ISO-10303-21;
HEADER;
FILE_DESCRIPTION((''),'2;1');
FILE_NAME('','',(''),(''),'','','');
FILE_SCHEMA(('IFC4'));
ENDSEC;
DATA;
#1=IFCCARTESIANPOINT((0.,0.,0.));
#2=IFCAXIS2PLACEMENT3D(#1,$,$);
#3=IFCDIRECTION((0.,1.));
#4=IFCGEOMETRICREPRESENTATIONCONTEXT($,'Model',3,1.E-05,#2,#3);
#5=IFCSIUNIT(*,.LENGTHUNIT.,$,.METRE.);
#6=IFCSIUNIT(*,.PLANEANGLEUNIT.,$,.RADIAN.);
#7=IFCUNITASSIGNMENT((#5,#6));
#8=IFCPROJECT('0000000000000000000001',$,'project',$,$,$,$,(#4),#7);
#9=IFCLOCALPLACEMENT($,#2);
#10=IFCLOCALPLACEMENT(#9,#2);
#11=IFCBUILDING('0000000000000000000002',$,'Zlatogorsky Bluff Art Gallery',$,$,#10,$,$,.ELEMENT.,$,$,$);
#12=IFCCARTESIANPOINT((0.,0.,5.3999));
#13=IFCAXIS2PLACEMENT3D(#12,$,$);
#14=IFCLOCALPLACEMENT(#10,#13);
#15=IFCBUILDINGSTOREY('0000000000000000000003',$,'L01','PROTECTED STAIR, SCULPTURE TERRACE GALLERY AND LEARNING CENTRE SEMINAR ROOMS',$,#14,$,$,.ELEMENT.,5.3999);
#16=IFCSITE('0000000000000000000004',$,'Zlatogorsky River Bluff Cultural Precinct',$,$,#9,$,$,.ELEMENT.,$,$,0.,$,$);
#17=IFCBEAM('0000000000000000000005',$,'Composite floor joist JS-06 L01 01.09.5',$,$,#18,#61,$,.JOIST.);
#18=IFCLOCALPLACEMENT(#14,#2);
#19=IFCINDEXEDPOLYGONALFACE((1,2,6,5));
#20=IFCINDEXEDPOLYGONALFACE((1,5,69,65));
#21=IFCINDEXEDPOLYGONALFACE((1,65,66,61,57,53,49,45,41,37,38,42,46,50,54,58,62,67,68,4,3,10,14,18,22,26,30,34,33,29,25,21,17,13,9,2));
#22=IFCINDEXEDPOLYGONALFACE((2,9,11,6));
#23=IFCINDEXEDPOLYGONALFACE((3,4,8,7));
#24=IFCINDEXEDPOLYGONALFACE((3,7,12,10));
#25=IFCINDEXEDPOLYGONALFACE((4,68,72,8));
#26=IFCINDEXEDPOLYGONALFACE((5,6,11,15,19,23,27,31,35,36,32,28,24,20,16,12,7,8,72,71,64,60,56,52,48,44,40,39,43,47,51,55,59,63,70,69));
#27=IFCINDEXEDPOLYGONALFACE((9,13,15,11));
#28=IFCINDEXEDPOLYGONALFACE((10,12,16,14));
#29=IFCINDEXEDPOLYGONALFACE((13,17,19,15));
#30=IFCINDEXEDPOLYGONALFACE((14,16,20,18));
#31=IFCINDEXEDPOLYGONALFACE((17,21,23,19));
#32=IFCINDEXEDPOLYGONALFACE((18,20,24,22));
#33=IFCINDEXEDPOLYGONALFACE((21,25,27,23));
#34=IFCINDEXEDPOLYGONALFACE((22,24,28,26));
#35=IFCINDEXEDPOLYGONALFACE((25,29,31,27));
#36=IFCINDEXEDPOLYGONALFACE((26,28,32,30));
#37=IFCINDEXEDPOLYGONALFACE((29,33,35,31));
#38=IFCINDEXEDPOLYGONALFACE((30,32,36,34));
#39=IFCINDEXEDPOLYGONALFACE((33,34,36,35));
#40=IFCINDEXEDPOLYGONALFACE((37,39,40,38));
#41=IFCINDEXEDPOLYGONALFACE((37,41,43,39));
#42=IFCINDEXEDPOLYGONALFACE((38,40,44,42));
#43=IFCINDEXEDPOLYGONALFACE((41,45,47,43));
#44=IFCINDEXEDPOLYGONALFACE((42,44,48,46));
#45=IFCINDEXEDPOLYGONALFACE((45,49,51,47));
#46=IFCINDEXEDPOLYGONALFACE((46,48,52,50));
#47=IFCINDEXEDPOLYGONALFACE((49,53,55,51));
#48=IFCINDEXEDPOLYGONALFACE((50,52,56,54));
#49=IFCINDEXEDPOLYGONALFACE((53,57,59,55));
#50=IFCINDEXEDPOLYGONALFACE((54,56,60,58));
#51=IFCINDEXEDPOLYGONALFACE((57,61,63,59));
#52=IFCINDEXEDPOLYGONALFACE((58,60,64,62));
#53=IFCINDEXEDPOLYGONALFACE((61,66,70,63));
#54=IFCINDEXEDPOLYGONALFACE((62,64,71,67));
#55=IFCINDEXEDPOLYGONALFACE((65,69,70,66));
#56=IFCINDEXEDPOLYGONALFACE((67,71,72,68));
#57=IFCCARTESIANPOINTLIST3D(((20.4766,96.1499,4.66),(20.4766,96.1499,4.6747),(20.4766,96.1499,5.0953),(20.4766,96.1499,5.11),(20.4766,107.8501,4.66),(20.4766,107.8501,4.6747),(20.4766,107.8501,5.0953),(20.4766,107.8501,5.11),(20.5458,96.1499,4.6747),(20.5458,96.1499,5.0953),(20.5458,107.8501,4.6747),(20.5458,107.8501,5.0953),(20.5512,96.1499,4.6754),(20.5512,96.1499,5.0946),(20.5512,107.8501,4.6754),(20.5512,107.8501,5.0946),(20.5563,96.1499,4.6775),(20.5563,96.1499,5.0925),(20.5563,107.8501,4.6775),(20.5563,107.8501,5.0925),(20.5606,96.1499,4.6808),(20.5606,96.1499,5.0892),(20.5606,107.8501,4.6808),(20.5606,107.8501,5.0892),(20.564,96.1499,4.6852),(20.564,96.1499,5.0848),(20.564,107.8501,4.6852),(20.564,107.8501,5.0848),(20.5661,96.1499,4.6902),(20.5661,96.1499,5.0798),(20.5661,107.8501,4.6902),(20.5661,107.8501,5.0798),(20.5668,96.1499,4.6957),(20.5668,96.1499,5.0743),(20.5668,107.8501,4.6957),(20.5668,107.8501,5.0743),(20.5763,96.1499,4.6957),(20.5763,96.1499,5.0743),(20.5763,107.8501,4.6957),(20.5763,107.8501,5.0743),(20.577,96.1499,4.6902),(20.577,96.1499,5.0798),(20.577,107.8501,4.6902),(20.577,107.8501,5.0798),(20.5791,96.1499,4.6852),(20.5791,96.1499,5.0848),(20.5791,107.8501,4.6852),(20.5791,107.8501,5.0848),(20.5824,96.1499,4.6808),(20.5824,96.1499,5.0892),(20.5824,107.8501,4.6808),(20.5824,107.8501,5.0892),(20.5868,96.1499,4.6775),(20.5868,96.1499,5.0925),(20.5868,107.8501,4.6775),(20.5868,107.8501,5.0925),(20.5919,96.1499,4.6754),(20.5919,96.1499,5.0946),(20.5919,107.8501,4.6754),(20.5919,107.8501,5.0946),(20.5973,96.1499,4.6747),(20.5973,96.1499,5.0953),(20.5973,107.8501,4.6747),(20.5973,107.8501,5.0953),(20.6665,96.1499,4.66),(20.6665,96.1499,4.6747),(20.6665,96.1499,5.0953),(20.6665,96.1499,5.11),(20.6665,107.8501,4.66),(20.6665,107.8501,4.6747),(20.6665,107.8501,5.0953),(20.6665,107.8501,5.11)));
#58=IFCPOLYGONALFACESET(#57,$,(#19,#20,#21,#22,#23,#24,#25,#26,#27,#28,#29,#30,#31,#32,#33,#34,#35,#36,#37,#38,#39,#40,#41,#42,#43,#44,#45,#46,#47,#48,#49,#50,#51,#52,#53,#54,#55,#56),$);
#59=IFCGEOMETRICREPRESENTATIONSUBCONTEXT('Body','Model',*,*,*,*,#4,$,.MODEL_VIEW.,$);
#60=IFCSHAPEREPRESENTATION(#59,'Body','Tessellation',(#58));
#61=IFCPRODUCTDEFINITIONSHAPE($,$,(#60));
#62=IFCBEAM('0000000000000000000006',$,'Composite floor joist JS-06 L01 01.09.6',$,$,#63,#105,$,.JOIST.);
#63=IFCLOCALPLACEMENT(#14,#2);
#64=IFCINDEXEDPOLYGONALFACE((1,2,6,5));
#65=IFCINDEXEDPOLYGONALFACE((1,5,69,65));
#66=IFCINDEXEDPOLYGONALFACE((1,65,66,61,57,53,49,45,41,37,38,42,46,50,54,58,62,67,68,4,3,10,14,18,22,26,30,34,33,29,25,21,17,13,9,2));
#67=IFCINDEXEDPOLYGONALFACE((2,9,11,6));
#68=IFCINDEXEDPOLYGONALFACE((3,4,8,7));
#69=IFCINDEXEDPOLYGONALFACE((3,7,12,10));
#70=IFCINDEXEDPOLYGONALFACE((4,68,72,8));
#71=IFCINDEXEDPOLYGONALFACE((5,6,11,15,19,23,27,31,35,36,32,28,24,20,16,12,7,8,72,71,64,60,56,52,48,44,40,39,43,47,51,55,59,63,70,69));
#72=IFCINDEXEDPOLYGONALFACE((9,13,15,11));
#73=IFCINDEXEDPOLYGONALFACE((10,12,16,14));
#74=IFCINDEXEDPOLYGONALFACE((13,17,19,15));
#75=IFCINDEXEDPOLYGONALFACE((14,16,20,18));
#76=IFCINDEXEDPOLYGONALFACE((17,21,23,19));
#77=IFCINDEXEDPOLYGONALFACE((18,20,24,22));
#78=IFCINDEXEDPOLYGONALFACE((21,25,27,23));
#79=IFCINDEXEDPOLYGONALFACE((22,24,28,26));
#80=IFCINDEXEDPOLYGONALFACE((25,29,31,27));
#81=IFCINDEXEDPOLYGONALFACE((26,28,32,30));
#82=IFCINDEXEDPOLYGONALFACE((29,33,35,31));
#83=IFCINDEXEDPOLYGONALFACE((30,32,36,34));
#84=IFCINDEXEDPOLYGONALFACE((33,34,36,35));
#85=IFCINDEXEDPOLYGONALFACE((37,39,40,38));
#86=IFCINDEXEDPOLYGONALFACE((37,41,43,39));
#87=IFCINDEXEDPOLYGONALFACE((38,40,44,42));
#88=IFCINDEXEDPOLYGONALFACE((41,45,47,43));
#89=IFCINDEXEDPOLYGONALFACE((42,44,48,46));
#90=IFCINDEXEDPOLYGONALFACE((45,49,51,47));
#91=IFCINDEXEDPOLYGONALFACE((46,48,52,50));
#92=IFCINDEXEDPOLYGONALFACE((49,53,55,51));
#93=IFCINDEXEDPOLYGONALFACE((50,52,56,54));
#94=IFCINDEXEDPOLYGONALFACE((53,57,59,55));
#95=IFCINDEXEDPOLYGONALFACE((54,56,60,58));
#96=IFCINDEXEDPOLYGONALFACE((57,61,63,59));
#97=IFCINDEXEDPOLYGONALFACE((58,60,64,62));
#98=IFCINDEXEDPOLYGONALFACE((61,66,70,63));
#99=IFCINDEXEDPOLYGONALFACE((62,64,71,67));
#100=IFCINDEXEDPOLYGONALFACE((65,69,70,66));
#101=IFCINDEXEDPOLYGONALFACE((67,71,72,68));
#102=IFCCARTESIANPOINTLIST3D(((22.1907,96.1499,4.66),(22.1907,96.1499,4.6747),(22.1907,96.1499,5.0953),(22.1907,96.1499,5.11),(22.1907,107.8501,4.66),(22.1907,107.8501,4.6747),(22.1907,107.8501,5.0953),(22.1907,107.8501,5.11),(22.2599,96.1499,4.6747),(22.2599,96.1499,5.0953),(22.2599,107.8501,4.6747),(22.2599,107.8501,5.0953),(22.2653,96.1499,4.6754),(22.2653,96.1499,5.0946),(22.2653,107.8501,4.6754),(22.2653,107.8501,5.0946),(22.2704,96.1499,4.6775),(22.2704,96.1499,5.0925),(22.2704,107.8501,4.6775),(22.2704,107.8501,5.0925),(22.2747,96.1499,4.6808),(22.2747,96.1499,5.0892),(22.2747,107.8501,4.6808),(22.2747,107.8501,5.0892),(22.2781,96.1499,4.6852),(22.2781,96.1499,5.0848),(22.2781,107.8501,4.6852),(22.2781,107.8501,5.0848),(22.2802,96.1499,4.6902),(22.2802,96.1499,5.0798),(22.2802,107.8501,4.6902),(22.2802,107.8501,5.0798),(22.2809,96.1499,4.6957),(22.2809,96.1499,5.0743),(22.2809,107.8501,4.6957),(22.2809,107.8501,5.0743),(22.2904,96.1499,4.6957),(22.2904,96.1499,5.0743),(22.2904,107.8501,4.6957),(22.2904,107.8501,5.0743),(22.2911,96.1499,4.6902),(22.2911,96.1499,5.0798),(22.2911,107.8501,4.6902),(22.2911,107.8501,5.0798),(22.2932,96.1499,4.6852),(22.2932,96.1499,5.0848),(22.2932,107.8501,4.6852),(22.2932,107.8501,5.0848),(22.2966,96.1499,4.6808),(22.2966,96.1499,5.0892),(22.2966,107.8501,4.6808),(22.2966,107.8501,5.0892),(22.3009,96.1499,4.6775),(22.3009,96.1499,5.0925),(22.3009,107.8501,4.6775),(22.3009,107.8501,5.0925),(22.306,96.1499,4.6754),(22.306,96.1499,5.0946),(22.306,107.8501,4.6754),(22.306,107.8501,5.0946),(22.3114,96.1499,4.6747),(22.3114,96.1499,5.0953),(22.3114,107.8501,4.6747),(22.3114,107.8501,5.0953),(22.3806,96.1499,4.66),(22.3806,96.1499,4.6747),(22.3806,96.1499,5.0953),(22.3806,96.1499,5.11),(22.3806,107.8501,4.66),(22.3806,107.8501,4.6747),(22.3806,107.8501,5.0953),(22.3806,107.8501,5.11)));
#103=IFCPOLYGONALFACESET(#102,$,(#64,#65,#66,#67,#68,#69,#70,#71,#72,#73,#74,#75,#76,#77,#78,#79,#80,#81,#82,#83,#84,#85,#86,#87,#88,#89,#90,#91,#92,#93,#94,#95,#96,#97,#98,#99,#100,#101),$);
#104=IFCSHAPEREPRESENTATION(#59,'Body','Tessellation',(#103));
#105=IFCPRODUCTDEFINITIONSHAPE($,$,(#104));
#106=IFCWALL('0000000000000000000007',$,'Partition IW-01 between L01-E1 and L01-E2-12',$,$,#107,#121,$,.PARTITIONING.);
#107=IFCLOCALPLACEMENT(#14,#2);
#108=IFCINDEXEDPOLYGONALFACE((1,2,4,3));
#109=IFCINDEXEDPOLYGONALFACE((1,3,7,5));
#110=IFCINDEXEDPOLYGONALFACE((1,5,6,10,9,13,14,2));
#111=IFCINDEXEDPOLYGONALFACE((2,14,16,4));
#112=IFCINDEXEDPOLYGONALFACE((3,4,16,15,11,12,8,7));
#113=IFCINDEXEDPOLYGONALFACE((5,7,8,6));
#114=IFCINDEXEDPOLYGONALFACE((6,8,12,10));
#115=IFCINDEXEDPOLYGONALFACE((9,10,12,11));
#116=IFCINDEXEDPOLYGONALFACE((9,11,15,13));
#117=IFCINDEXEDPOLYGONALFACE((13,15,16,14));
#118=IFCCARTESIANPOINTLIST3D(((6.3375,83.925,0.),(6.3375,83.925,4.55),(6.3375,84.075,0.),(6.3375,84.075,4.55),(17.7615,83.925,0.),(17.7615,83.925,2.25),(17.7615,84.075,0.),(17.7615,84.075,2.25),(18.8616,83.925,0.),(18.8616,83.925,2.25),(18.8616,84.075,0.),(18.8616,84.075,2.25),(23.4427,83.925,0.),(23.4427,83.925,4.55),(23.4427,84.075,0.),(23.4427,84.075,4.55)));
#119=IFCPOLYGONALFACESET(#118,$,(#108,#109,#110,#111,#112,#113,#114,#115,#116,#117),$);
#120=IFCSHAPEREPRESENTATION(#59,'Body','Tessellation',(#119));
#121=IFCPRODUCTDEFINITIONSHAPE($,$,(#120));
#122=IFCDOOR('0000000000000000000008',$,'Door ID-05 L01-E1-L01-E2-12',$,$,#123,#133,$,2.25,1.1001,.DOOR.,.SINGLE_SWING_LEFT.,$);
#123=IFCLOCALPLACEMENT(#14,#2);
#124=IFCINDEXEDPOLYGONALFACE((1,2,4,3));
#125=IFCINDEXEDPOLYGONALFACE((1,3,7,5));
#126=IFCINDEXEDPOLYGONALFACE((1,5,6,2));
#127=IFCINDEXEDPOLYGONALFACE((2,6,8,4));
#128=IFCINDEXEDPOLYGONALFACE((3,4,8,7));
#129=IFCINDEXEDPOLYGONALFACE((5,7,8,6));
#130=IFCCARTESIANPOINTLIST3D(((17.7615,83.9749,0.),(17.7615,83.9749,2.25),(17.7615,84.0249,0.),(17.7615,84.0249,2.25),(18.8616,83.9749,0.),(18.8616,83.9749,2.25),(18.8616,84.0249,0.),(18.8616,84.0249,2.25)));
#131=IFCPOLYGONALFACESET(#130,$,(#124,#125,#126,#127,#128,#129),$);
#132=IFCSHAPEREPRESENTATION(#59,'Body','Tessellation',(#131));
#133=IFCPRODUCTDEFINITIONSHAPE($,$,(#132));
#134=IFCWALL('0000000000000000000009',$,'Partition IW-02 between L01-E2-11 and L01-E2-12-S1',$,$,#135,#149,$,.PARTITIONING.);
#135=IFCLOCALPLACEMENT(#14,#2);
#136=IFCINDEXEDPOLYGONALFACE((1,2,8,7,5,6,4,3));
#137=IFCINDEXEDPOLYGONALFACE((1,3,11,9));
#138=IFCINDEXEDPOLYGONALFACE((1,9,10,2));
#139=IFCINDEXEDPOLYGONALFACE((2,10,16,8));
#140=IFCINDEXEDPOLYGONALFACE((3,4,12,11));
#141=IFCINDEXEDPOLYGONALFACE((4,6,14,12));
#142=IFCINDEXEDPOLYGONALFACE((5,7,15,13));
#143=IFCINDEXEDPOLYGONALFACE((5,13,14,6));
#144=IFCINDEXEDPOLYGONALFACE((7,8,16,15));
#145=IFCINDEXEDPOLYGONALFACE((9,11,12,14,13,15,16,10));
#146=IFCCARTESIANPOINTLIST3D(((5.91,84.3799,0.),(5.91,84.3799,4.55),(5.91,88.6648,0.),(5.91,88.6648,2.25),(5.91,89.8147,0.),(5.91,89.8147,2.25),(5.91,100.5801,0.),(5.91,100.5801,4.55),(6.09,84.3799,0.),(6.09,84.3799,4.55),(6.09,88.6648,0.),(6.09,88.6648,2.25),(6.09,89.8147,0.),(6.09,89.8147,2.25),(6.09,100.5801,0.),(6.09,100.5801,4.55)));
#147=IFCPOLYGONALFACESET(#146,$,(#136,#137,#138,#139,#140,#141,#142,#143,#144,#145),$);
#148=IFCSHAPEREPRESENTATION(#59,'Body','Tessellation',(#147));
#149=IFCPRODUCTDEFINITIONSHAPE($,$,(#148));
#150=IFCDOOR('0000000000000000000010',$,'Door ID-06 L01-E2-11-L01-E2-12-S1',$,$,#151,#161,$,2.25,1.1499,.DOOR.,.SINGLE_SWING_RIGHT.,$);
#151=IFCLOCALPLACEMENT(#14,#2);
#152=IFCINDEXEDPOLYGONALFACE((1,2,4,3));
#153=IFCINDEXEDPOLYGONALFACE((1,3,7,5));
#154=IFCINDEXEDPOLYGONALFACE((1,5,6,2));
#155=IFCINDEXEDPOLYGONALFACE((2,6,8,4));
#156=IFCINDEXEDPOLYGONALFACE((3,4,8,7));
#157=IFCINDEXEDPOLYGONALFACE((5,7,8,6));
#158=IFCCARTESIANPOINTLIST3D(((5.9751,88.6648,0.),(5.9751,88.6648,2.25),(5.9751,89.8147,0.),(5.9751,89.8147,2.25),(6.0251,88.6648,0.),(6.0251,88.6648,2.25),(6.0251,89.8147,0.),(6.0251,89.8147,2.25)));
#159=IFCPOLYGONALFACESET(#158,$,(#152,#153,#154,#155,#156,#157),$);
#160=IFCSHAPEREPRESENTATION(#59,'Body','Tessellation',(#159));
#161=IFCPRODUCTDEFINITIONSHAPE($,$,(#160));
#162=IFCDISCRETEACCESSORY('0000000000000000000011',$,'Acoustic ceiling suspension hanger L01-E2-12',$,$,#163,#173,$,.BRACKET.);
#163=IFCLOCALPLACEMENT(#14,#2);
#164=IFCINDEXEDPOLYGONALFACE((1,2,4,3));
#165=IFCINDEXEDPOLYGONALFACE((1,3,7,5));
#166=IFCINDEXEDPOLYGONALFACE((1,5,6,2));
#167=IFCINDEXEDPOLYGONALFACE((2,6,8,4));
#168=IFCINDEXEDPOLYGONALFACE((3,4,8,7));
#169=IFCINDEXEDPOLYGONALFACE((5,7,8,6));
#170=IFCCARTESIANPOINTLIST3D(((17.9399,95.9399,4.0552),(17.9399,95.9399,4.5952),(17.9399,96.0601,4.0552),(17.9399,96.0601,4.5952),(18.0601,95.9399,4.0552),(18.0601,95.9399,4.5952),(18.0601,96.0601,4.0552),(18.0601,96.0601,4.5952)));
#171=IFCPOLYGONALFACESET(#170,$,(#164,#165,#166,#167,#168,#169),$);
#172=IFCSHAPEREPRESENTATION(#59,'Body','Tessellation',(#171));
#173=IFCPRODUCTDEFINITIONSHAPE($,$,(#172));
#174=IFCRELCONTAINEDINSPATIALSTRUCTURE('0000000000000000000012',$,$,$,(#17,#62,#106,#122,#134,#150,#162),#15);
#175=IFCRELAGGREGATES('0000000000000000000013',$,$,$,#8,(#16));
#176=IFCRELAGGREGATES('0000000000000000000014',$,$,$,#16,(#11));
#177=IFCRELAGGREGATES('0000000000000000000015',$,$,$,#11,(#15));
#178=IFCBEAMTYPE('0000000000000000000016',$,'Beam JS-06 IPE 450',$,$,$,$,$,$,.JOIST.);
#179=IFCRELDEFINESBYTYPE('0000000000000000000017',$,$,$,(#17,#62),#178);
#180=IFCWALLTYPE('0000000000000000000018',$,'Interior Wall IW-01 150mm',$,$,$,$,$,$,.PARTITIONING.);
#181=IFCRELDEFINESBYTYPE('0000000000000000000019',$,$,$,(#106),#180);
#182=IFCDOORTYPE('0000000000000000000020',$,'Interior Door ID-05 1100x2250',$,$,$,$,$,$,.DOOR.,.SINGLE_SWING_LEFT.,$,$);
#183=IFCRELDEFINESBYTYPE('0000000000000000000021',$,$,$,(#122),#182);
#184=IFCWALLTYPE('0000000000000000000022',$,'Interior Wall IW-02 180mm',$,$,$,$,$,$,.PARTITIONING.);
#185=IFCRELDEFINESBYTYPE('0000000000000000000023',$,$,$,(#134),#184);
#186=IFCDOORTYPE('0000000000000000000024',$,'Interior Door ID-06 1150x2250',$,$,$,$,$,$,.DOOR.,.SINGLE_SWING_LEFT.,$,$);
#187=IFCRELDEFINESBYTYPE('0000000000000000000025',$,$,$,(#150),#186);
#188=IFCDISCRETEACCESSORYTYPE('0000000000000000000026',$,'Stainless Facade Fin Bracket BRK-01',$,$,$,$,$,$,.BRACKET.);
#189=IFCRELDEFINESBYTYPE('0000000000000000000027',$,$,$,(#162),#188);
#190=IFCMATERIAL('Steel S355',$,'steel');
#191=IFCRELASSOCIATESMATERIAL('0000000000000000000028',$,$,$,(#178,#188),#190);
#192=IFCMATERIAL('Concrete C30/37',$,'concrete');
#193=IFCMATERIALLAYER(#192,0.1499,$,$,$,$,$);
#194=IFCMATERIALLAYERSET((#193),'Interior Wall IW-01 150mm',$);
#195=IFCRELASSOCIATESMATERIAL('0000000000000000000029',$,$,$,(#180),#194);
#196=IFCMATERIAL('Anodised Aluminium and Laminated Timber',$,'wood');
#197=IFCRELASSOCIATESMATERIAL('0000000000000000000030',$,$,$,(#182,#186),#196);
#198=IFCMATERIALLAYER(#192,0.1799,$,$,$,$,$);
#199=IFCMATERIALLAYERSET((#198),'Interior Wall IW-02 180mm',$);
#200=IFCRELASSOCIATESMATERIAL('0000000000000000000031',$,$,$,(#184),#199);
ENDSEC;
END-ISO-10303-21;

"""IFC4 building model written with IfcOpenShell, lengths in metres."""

from ifc_helpers import new_model, si_unit, direction, frame, frame_2d, origin, origin_2d, place, context, subcontext, project, spatial, rectangle, i_section, extrude, material, layer, layer_set, material_profile, profile_set, type_object, element, fill, save


model = new_model("IFC4")

# Units and contexts
model_context = context("Model", 3, precision=1e-05, world=origin(), true_north=direction((0.0, 1.0)))
body_context = subcontext(model_context, "Body", "Model", "MODEL_VIEW")
ifc_project = project(units=[si_unit("LENGTHUNIT", "METRE"), si_unit("PLANEANGLEUNIT", "RADIAN")], contexts=[model_context])

# Site, building, storey
site_placement = place(None, origin())
site = spatial("IfcSite", under=ifc_project, at=site_placement, Name="Zlatogorsky River Bluff Cultural Precinct", CompositionType="ELEMENT", RefElevation=0.0)
building_placement = place(site_placement, origin())
building = spatial("IfcBuilding", under=site, at=building_placement, Name="Zlatogorsky Bluff Art Gallery", CompositionType="ELEMENT")
storey_placement = place(building_placement, frame((0.0, 0.0, 5.3999)))
storey = spatial("IfcBuildingStorey", under=building, at=storey_placement, Name="L01", Description="PROTECTED STAIR, SCULPTURE TERRACE GALLERY AND LEARNING CENTRE SEMINAR ROOMS", CompositionType="ELEMENT", Elevation=5.3999)

# Shared definitions
ifc_material_1 = material(Name="Steel S355", Category="steel")

# Beams
ifc_material_profile_1 = material_profile(ifc_material_1, i_section(OverallWidth=0.1899, OverallDepth=0.45, WebThickness=0.0095, FlangeThickness=0.0146, FilletRadius=0.021, at=origin_2d()), Name="IPE 450")
ifc_profile_set_1 = profile_set([ifc_material_profile_1], Name="Steel S355")
beam_type_1 = type_object("IfcBeamType", Name="Beam JS-06 IPE 450", PredefinedType="JOIST", material=ifc_profile_set_1)
for number, where, z_axis, x_axis, name in (
    (1, (20.5715, 96.1499, 4.885), (0.0, 1.0, 0.0), (-1.0, 0.0, 0.0), "Composite floor joist JS-06 L01 01.09.5"),
    (2, (22.2856, 96.1499, 4.885), (0.0, 1.0, 0.0), (-1.0, 0.0, 0.0), "Composite floor joist JS-06 L01 01.09.6"),
):
    element("IfcBeam", number, at=place(storey_placement, frame(where, z_axis=z_axis, x_axis=x_axis)), inside=storey, type_object=beam_type_1, Name=name, PredefinedType="JOIST", context=body_context, shape_type="SweptSolid", body=[
        extrude(i_section(OverallWidth=0.1899, OverallDepth=0.45, WebThickness=0.0095, FlangeThickness=0.0146, FilletRadius=0.021, at=origin_2d()), origin(), (0.0, 0.0, 1.0), 11.7002),
    ])

# Walls, openings, doors
ifc_material_2 = material(Name="Concrete C30/37", Category="concrete")
ifc_layer_1 = layer(ifc_material_2, 0.1499)
ifc_layer_set_1 = layer_set([ifc_layer_1], Name="Interior Wall IW-01 150mm")
wall_type_1 = type_object("IfcWallType", Name="Interior Wall IW-01 150mm", PredefinedType="PARTITIONING", material=ifc_layer_set_1)
wall_1_placement = place(storey_placement, frame((6.3374, 84.0, 0.0), z_axis=(0.0, 0.0, 1.0), x_axis=(1.0, 0.0, 0.0)))
wall_1 = element("IfcWall", 3, at=wall_1_placement, inside=storey, type_object=wall_type_1, Name="Partition IW-01 between L01-E1 and L01-E2-12", PredefinedType="PARTITIONING", context=body_context, shape_type="SweptSolid", body=[
    extrude(rectangle(XDim=17.1052, YDim=0.1499, at=frame_2d((8.5527, 0.0))), origin(), (0.0, 0.0, 1.0), 4.55),
])
opening_1_placement = place(wall_1_placement, frame((11.4241, 0.0, 0.0)))
opening_1 = element("IfcOpeningElement", 4, at=opening_1_placement, cuts=wall_1, PredefinedType="OPENING", context=body_context, shape_type="SweptSolid", body=[
    extrude(rectangle(XDim=1.1001, YDim=2.25, at=frame_2d((0.55, 1.125))), frame((0.0, 0.085, 0.0), z_axis=(0.0, -1.0, 0.0), x_axis=(1.0, 0.0, 0.0)), (0.0, 0.0, 1.0), 0.1699),
])
ifc_material_3 = material(Name="Anodised Aluminium and Laminated Timber", Category="wood")
door_type_1 = type_object("IfcDoorType", Name="Interior Door ID-05 1100x2250", OperationType="SINGLE_SWING_LEFT", PredefinedType="DOOR", material=ifc_material_3)
door_1_placement = place(opening_1_placement, origin())
door_1 = element("IfcDoor", 5, at=door_1_placement, inside=storey, type_object=door_type_1, Name="Door ID-05 L01-E1-L01-E2-12", OperationType="SINGLE_SWING_LEFT", OverallHeight=2.25, OverallWidth=1.1001, PredefinedType="DOOR", context=body_context, shape_type="SweptSolid", body=[
    extrude(rectangle(XDim=1.1001, YDim=2.25, at=frame_2d((0.55, 1.125))), frame((0.0, 0.0249, 0.0), z_axis=(0.0, -1.0, 0.0), x_axis=(1.0, 0.0, 0.0)), (0.0, 0.0, 1.0), 0.05),
])
fill(opening_1, door_1)
ifc_layer_2 = layer(ifc_material_2, 0.1799)
ifc_layer_set_2 = layer_set([ifc_layer_2], Name="Interior Wall IW-02 180mm")
wall_type_2 = type_object("IfcWallType", Name="Interior Wall IW-02 180mm", PredefinedType="PARTITIONING", material=ifc_layer_set_2)
wall_2_placement = place(storey_placement, frame((6.0, 84.3799, 0.0), z_axis=(0.0, 0.0, 1.0), x_axis=(0.0, 1.0, 0.0)))
wall_2 = element("IfcWall", 6, at=wall_2_placement, inside=storey, type_object=wall_type_2, Name="Partition IW-02 between L01-E2-11 and L01-E2-12-S1", PredefinedType="PARTITIONING", context=body_context, shape_type="SweptSolid", body=[
    extrude(rectangle(XDim=16.2002, YDim=0.1799, at=frame_2d((8.1001, 0.0))), origin(), (0.0, 0.0, 1.0), 4.55),
])
opening_2_placement = place(wall_2_placement, frame((4.2849, 0.0, 0.0)))
opening_2 = element("IfcOpeningElement", 7, at=opening_2_placement, cuts=wall_2, PredefinedType="OPENING", context=body_context, shape_type="SweptSolid", body=[
    extrude(rectangle(XDim=1.1499, YDim=2.25, at=frame_2d((0.575, 1.125))), frame((0.0, 0.0999, 0.0), z_axis=(0.0, -1.0, 0.0), x_axis=(1.0, 0.0, 0.0)), (0.0, 0.0, 1.0), 0.2),
])
door_type_2 = type_object("IfcDoorType", Name="Interior Door ID-06 1150x2250", OperationType="SINGLE_SWING_LEFT", PredefinedType="DOOR", material=ifc_material_3)
door_2_placement = place(opening_2_placement, origin())
door_2 = element("IfcDoor", 8, at=door_2_placement, inside=storey, type_object=door_type_2, Name="Door ID-06 L01-E2-11-L01-E2-12-S1", OperationType="SINGLE_SWING_RIGHT", OverallHeight=2.25, OverallWidth=1.1499, PredefinedType="DOOR", context=body_context, shape_type="SweptSolid", body=[
    extrude(rectangle(XDim=1.1499, YDim=2.25, at=frame_2d((0.575, 1.125))), frame((0.0, 0.0249, 0.0), z_axis=(0.0, -1.0, 0.0), x_axis=(1.0, 0.0, 0.0)), (0.0, 0.0, 1.0), 0.05),
])
fill(opening_2, door_2)

# Discrete accessory
discrete_accessory_type = type_object("IfcDiscreteAccessoryType", Name="Stainless Facade Fin Bracket BRK-01", PredefinedType="BRACKET", material=ifc_material_1)
discrete_accessory_placement = place(storey_placement, frame((18.0, 96.0, 4.0552), z_axis=(0.0, 0.0, 1.0), x_axis=(1.0, 0.0, 0.0)))
element("IfcDiscreteAccessory", 9, at=discrete_accessory_placement, inside=storey, type_object=discrete_accessory_type, Name="Acoustic ceiling suspension hanger L01-E2-12", PredefinedType="BRACKET", context=body_context, shape_type="SweptSolid", body=[
    extrude(rectangle(XDim=0.1201, YDim=0.1201, at=origin_2d()), origin(), (0.0, 0.0, 1.0), 0.54),
])

save(model, "model.ifc")
